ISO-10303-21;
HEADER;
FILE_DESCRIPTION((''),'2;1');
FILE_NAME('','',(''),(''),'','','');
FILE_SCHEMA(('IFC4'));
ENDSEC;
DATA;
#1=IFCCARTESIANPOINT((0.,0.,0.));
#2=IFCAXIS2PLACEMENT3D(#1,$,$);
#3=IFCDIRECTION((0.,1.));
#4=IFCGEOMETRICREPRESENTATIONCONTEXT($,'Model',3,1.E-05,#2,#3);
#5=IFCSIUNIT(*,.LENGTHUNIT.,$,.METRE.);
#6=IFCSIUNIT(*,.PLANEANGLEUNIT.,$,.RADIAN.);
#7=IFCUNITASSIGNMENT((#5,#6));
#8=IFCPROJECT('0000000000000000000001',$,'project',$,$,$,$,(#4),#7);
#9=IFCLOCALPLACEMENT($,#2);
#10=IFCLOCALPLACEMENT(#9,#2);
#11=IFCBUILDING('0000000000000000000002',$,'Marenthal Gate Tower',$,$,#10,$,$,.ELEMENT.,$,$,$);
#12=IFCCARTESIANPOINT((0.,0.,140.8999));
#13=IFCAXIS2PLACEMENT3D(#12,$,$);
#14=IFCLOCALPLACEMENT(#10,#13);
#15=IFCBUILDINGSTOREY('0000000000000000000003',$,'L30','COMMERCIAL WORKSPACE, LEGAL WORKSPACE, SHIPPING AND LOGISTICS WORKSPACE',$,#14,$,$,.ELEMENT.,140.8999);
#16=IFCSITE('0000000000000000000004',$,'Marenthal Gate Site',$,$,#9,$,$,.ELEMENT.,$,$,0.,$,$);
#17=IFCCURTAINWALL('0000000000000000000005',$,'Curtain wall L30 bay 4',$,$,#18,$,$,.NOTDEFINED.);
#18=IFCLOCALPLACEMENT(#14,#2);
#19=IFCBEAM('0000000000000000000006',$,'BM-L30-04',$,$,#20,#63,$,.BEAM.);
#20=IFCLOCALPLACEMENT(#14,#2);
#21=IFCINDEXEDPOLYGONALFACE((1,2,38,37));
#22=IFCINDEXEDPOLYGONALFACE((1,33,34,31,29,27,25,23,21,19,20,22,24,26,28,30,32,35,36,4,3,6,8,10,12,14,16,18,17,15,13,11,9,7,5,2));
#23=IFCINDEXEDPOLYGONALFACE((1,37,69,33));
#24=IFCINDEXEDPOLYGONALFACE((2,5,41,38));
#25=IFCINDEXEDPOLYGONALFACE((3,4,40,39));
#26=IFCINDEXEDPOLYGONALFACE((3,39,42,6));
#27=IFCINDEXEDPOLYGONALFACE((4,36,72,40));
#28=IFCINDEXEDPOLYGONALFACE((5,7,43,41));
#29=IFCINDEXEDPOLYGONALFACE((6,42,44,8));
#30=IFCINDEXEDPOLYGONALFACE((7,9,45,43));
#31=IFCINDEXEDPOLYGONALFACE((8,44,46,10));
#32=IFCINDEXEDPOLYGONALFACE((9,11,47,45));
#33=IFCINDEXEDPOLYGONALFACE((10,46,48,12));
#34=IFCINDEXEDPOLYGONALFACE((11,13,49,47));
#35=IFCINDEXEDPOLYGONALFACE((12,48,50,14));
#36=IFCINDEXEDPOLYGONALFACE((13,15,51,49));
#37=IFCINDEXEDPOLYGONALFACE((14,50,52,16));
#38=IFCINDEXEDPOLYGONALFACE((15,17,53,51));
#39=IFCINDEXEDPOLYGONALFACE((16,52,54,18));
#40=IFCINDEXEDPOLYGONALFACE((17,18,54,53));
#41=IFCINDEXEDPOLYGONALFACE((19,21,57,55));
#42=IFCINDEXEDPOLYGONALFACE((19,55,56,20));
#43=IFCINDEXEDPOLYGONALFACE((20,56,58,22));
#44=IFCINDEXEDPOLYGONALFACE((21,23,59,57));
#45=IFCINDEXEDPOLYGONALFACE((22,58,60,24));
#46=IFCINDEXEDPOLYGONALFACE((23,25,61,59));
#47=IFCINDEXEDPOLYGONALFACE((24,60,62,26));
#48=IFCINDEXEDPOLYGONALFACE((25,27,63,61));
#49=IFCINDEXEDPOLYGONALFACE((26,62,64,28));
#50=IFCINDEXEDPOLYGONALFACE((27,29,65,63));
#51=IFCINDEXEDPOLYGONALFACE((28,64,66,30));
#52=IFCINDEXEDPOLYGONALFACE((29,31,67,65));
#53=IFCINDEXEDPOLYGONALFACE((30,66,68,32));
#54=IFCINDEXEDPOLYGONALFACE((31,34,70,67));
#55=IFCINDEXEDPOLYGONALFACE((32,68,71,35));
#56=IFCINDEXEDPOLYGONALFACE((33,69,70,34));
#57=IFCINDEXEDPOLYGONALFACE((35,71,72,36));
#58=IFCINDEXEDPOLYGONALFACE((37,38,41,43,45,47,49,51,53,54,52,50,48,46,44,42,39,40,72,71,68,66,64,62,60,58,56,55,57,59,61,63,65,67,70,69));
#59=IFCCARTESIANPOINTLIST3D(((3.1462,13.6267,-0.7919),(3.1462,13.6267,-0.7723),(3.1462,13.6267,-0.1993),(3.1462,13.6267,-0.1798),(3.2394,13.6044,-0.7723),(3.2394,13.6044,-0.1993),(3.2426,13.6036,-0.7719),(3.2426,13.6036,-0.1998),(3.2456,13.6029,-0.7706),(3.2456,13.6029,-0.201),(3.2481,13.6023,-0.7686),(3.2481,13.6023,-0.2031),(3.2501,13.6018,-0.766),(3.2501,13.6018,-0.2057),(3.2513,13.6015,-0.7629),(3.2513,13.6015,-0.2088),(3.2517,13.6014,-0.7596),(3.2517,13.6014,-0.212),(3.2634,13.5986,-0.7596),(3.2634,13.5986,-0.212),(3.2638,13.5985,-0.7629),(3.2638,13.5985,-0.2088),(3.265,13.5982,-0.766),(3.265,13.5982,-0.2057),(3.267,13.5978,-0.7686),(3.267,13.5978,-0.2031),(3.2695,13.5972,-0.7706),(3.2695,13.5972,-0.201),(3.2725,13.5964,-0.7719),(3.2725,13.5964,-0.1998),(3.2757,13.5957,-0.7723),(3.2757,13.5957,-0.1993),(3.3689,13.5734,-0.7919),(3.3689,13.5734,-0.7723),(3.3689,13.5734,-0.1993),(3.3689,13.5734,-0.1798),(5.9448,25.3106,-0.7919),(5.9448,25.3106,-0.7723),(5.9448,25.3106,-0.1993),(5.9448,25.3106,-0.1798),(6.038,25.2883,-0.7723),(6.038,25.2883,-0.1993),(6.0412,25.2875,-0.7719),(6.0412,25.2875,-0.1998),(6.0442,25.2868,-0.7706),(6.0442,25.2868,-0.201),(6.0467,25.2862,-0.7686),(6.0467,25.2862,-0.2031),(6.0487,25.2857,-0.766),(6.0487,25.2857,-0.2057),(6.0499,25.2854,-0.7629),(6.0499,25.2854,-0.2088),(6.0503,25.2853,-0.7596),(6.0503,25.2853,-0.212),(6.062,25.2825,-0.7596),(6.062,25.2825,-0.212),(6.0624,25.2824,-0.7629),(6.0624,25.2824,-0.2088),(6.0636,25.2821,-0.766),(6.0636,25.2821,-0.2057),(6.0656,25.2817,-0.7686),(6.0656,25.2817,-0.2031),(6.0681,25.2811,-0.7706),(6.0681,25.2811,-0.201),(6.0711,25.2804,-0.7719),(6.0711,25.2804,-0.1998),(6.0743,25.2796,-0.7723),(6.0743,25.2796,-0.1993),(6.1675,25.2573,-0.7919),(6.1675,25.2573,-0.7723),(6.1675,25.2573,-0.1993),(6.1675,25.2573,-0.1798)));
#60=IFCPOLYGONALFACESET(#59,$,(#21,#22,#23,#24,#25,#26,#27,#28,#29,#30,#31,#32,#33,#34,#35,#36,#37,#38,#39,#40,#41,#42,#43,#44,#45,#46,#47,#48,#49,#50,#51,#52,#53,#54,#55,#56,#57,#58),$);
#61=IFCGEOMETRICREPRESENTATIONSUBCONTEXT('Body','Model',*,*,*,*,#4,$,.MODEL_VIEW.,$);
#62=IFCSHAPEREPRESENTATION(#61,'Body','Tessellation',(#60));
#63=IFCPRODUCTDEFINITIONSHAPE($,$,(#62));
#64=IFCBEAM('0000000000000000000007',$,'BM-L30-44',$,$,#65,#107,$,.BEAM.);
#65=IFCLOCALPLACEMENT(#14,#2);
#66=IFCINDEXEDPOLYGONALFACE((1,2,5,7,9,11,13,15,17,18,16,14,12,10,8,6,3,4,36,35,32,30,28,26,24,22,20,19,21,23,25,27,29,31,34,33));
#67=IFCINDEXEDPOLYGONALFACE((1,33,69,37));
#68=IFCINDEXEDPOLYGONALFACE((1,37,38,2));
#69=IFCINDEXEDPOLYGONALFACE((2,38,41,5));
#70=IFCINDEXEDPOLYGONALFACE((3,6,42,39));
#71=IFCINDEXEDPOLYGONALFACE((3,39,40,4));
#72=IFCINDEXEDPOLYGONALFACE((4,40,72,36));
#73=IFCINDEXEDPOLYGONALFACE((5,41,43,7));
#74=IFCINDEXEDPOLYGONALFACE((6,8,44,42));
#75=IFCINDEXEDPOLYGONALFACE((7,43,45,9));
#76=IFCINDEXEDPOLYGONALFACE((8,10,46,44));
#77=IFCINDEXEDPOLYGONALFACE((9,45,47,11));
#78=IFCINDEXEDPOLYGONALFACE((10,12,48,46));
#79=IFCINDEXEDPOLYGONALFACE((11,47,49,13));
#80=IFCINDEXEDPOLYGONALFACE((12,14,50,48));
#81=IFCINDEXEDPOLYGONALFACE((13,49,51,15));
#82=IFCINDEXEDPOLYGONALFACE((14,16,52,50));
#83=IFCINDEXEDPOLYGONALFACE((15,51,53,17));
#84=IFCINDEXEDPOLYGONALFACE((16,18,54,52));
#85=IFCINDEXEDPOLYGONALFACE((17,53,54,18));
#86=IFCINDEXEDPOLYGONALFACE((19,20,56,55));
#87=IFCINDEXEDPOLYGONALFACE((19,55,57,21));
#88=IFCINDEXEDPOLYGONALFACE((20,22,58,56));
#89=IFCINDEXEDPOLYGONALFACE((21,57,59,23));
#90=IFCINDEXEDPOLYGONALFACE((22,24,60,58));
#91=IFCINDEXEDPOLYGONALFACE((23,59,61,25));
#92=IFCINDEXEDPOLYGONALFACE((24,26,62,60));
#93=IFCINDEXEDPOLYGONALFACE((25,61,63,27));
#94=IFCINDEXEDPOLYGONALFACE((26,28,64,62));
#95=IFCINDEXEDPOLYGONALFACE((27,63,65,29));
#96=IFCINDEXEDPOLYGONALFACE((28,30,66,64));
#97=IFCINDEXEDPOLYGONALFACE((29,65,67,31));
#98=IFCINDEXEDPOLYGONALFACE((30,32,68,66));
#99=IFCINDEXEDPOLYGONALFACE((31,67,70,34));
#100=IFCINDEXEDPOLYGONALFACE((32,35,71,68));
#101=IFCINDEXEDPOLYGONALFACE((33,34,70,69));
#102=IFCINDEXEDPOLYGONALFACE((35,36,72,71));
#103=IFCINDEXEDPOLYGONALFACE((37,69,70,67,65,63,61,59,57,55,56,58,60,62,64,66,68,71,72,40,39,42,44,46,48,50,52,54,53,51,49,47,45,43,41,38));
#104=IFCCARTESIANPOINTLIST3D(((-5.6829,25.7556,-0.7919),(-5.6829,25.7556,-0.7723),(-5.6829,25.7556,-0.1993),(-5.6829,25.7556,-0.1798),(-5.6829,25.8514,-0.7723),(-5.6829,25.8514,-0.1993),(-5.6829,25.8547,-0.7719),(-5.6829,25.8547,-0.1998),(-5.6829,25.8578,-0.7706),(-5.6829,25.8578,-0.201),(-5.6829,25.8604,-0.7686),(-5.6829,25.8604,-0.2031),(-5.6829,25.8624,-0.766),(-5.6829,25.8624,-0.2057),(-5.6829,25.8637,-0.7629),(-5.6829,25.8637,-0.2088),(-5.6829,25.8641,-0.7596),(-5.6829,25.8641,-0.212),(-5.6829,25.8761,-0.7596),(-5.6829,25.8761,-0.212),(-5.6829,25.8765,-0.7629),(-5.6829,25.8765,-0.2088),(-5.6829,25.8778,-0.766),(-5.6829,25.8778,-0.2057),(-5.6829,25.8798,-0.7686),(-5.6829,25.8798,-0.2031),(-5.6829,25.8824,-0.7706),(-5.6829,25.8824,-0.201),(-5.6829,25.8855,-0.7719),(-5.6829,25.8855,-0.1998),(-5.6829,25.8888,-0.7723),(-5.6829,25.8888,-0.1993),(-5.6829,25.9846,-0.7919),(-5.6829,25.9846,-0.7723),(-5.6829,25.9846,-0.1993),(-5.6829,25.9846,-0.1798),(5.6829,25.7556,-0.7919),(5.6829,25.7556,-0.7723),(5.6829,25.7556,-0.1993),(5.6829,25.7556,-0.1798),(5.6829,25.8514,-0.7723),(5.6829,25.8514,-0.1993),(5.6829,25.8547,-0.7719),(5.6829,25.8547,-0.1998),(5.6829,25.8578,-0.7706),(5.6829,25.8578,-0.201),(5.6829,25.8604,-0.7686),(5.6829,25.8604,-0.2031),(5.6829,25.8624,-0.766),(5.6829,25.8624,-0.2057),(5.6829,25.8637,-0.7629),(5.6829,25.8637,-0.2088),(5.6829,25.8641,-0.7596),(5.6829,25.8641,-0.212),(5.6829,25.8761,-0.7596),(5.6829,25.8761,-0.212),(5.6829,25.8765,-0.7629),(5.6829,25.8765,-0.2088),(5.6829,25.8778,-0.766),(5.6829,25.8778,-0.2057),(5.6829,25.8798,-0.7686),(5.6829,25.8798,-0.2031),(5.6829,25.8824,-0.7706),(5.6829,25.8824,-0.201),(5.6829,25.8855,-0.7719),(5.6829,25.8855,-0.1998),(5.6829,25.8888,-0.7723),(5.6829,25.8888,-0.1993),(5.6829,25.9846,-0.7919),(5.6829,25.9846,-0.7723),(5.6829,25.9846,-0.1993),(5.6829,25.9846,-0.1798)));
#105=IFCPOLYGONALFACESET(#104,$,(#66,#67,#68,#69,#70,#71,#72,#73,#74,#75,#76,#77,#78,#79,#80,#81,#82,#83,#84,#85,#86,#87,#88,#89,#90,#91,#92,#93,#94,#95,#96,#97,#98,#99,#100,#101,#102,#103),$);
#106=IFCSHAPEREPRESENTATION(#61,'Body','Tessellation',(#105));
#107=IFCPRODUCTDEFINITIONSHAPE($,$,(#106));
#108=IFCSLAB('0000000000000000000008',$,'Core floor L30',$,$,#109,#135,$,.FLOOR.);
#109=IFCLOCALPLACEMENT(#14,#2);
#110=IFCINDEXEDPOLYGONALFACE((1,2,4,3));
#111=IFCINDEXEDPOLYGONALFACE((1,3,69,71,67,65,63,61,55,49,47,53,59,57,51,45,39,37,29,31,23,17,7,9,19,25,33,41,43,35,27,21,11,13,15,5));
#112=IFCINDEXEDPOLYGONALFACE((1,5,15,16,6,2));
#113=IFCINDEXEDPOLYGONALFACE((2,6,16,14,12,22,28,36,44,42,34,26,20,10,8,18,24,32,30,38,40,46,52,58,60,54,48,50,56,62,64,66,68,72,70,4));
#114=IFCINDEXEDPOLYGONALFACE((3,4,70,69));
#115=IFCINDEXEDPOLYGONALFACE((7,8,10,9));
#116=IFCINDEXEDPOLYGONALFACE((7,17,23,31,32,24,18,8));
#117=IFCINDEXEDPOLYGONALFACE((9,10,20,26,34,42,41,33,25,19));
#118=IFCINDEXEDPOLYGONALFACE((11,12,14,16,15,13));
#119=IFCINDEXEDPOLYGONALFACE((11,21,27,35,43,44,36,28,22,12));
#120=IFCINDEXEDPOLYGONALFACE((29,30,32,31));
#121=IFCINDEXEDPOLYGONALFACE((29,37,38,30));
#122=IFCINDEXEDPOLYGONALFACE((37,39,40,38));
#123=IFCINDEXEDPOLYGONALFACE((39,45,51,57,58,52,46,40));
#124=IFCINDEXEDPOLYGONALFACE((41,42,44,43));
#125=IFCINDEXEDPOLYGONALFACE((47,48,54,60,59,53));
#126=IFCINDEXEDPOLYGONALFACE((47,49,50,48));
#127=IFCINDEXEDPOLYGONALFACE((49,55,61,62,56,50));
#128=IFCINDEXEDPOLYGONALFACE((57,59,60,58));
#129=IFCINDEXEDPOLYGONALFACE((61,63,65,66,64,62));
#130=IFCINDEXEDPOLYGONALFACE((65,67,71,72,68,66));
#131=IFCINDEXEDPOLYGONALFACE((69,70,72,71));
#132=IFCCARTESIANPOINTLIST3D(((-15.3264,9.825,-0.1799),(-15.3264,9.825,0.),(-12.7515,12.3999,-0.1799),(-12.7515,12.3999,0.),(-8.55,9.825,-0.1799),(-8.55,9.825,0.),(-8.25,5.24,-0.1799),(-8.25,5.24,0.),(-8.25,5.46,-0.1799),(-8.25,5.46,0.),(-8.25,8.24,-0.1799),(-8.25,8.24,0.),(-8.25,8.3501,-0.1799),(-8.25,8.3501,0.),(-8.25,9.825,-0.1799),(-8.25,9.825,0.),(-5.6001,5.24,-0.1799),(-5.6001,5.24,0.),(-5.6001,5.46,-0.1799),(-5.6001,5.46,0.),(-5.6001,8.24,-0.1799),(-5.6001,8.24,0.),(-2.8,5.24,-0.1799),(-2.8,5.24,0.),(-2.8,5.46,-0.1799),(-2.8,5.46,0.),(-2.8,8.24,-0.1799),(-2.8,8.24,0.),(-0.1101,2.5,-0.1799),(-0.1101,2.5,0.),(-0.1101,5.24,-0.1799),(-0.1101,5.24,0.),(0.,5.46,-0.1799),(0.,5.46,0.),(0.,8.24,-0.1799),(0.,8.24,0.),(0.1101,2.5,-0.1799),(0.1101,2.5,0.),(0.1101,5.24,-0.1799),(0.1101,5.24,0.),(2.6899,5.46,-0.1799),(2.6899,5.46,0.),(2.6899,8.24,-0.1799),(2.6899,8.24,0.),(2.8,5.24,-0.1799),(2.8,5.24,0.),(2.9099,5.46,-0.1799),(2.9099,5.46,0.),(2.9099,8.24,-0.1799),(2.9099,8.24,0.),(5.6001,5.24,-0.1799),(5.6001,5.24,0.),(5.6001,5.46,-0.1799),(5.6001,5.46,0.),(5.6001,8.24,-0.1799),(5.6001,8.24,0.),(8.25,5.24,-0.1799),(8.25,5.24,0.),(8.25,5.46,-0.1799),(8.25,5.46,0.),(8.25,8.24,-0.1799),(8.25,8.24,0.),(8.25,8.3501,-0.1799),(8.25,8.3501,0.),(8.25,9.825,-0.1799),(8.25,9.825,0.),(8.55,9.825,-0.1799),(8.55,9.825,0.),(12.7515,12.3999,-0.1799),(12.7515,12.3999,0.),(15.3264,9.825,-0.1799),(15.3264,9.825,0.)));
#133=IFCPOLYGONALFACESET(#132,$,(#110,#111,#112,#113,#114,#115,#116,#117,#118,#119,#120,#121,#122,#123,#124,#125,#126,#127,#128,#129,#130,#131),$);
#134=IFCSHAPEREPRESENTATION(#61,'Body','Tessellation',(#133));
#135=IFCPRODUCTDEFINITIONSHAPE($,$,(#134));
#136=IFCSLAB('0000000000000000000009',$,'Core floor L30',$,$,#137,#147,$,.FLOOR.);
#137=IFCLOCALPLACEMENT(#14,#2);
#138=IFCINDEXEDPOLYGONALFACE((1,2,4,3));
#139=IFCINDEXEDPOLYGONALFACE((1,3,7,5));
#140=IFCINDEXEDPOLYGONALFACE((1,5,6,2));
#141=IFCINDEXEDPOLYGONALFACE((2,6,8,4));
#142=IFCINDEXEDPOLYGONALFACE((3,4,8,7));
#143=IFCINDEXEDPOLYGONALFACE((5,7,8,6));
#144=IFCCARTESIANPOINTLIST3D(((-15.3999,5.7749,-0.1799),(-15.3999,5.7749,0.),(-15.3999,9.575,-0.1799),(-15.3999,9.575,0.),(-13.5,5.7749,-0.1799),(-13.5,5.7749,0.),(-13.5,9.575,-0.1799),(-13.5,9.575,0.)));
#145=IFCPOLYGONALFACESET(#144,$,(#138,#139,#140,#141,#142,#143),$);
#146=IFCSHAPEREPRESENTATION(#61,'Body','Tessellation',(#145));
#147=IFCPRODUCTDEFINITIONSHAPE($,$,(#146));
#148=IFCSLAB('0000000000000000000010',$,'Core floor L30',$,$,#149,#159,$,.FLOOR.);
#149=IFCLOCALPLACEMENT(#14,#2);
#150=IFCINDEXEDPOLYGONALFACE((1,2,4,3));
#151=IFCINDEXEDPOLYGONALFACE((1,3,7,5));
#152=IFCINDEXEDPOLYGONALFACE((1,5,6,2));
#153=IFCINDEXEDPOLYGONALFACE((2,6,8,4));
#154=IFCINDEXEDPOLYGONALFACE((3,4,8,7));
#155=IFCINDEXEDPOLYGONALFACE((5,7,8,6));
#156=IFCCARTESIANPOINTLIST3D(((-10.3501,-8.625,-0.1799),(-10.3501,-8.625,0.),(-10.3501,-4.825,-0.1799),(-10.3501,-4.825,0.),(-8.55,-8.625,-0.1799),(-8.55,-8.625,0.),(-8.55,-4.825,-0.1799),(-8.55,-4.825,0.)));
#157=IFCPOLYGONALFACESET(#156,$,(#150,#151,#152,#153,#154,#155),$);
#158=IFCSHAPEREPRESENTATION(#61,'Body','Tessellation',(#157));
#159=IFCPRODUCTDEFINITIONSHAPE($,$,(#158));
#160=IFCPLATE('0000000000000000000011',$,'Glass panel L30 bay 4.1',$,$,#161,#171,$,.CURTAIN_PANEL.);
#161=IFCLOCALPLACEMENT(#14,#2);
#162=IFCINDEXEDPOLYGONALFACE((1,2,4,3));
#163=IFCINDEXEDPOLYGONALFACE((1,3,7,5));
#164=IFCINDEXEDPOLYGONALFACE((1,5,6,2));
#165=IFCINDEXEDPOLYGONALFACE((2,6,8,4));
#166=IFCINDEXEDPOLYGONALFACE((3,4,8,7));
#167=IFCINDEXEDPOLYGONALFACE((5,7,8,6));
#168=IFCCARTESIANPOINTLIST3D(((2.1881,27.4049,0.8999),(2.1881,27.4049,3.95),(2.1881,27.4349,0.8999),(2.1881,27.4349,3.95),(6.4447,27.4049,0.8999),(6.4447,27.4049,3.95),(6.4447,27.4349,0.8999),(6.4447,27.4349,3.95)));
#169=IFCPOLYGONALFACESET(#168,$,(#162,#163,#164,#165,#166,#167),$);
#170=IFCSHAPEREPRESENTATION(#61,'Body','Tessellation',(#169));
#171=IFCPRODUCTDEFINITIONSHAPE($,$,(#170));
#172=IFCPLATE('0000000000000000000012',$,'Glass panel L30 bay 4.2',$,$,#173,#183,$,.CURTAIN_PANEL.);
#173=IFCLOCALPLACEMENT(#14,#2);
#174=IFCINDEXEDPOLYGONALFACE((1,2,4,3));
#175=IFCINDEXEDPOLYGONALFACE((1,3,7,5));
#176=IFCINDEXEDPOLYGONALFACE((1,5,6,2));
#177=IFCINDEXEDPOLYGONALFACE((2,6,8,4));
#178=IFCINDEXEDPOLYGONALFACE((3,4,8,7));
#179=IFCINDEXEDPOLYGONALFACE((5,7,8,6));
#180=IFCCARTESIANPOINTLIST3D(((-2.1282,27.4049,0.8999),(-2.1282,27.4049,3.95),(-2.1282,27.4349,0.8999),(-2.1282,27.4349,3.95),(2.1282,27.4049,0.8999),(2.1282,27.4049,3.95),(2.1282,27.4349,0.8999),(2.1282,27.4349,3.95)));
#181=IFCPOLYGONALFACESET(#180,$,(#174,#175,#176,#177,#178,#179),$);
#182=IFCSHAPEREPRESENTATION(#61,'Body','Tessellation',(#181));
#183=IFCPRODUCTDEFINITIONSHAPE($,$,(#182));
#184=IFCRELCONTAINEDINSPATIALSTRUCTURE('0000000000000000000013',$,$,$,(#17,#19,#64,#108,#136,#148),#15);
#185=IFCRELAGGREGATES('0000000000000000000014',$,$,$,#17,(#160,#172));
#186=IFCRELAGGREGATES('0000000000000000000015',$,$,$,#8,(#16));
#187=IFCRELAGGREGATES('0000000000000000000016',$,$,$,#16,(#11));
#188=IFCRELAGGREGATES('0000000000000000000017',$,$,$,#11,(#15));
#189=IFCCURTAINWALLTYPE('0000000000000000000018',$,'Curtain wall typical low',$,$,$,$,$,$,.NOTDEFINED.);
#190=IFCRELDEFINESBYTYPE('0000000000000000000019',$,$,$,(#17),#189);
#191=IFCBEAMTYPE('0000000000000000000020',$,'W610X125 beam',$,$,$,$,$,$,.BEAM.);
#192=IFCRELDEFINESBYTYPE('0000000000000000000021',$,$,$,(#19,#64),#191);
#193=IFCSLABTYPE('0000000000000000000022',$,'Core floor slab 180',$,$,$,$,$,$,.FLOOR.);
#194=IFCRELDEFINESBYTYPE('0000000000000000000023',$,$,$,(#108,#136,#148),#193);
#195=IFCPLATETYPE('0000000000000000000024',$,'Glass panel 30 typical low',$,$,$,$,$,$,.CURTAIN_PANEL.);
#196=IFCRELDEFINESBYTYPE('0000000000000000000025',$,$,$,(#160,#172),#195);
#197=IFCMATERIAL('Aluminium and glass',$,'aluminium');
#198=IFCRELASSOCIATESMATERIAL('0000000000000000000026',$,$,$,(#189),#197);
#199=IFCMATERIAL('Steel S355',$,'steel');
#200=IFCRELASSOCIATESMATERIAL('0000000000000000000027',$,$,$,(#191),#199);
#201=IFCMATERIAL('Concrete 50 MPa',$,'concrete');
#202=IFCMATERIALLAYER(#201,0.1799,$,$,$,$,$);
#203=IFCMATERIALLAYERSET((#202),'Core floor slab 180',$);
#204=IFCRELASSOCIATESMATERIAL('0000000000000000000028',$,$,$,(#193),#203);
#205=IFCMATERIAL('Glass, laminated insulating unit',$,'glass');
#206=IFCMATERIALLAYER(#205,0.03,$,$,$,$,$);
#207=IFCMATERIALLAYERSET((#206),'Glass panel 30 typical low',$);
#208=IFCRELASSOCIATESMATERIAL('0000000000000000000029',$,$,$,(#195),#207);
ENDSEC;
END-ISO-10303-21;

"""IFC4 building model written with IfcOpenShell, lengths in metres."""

from ifc_helpers import new_model, si_unit, direction, frame, origin, origin_2d, place, context, subcontext, project, spatial, polyline, rectangle, i_section, outline, extrude, material, layer, layer_set, material_profile, profile_set, type_object, element, aggregate, save


model = new_model("IFC4")

# Units and contexts
model_context = context("Model", 3, precision=1e-05, world=origin(), true_north=direction((0.0, 1.0)))
body_context = subcontext(model_context, "Body", "Model", "MODEL_VIEW")
ifc_project = project(units=[si_unit("LENGTHUNIT", "METRE"), si_unit("PLANEANGLEUNIT", "RADIAN")], contexts=[model_context])

# Site, building, storey
site_placement = place(None, origin())
site = spatial("IfcSite", under=ifc_project, at=site_placement, Name="Marenthal Gate Site", CompositionType="ELEMENT", RefElevation=0.0)
building_placement = place(site_placement, origin())
building = spatial("IfcBuilding", under=site, at=building_placement, Name="Marenthal Gate Tower", CompositionType="ELEMENT")
storey_placement = place(building_placement, frame((0.0, 0.0, 140.8999)))
storey = spatial("IfcBuildingStorey", under=building, at=storey_placement, Name="L30", Description="COMMERCIAL WORKSPACE, LEGAL WORKSPACE, SHIPPING AND LOGISTICS WORKSPACE", CompositionType="ELEMENT", Elevation=140.8999)

# Curtain wall
ifc_material_1 = material(Name="Aluminium and glass", Category="aluminium")
curtain_wall_type = type_object("IfcCurtainWallType", Name="Curtain wall typical low", PredefinedType="NOTDEFINED", material=ifc_material_1)
curtain_wall_placement = place(storey_placement, origin())
curtain_wall = element("IfcCurtainWall", 1, at=curtain_wall_placement, inside=storey, type_object=curtain_wall_type, Name="Curtain wall L30 bay 4", PredefinedType="NOTDEFINED")

# Beams
ifc_material_2 = material(Name="Steel S355", Category="steel")
ifc_material_profile_1 = material_profile(ifc_material_2, i_section(OverallWidth=0.229, OverallDepth=0.6121, WebThickness=0.012, FlangeThickness=0.0195, FilletRadius=0.0127, at=origin_2d()), Name="W610X125")
ifc_profile_set_1 = profile_set([ifc_material_profile_1], Name="Steel S355")
beam_type_1 = type_object("IfcBeamType", Name="W610X125 beam", PredefinedType="BEAM", material=ifc_profile_set_1)
beam_1_placement = place(storey_placement, frame((6.0562, 25.2839, -0.4858), z_axis=(-0.232937, -0.972492, 0.0), x_axis=(0.972492, -0.232937, 0.0)))
element("IfcBeam", 2, at=beam_1_placement, inside=storey, type_object=beam_type_1, Name="BM-L30-04", PredefinedType="BEAM", context=body_context, shape_type="SweptSolid", body=[
    extrude(i_section(OverallWidth=0.229, OverallDepth=0.6121, WebThickness=0.012, FlangeThickness=0.0195, FilletRadius=0.0127, at=origin_2d()), origin(), (0.0, 0.0, 1.0), 12.0144),
])
beam_2_placement = place(storey_placement, frame((5.6829, 25.8701, -0.4858), z_axis=(-1.0, 0.0, 0.0), x_axis=(0.0, -1.0, 0.0)))
element("IfcBeam", 3, at=beam_2_placement, inside=storey, type_object=beam_type_1, Name="BM-L30-44", PredefinedType="BEAM", context=body_context, shape_type="SweptSolid", body=[
    extrude(i_section(OverallWidth=0.229, OverallDepth=0.6121, WebThickness=0.012, FlangeThickness=0.0195, FilletRadius=0.0127, at=origin_2d()), origin(), (0.0, 0.0, 1.0), 11.3657),
])

# Slabs
ifc_material_3 = material(Name="Concrete 50 MPa", Category="concrete")
ifc_layer_1 = layer(ifc_material_3, 0.1799)
ifc_layer_set_1 = layer_set([ifc_layer_1], Name="Core floor slab 180")
slab_type_1 = type_object("IfcSlabType", Name="Core floor slab 180", PredefinedType="FLOOR", material=ifc_layer_set_1)
slab_1_placement = place(storey_placement, frame((0.0, 0.0, -0.1799)))
element("IfcSlab", 4, at=slab_1_placement, inside=storey, type_object=slab_type_1, Name="Core floor L30", PredefinedType="FLOOR", context=body_context, shape_type="SweptSolid", body=[
    extrude(outline(polyline([(12.7515, 12.3999), (15.3264, 9.825), (8.55, 9.825), (8.25, 9.825), (8.25, 8.3501), (8.25, 8.24), (5.6001, 8.24), (2.9099, 8.24), (2.9099, 5.46), (5.6001, 5.46), (8.25, 5.46), (8.25, 5.24), (5.6001, 5.24), (2.8, 5.24), (0.1101, 5.24), (0.1101, 2.5), (-0.1101, 2.5), (-0.1101, 5.24), (-2.8, 5.24), (-5.6001, 5.24), (-8.25, 5.24), (-8.25, 5.46), (-5.6001, 5.46), (-2.8, 5.46), (0.0, 5.46), (2.6899, 5.46), (2.6899, 8.24), (0.0, 8.24), (-2.8, 8.24), (-5.6001, 8.24), (-8.25, 8.24), (-8.25, 8.3501), (-8.25, 9.825), (-8.55, 9.825), (-15.3264, 9.825), (-12.7515, 12.3999), (12.7515, 12.3999)])), origin(), (0.0, 0.0, 1.0), 0.1799),
])
slab_2_placement = place(storey_placement, frame((0.0, 0.0, -0.1799)))
element("IfcSlab", 5, at=slab_2_placement, inside=storey, type_object=slab_type_1, Name="Core floor L30", PredefinedType="FLOOR", context=body_context, shape_type="SweptSolid", body=[
    extrude(outline(polyline([(-15.3999, 9.575), (-13.5, 9.575), (-13.5, 5.7749), (-15.3999, 5.7749), (-15.3999, 9.575)])), origin(), (0.0, 0.0, 1.0), 0.1799),
])
slab_3_placement = place(storey_placement, frame((0.0, 0.0, -0.1799)))
element("IfcSlab", 6, at=slab_3_placement, inside=storey, type_object=slab_type_1, Name="Core floor L30", PredefinedType="FLOOR", context=body_context, shape_type="SweptSolid", body=[
    extrude(outline(polyline([(-8.55, -8.625), (-10.3501, -8.625), (-10.3501, -4.825), (-8.55, -4.825), (-8.55, -8.625)])), origin(), (0.0, 0.0, 1.0), 0.1799),
])

# Plates
ifc_material_4 = material(Name="Glass, laminated insulating unit", Category="glass")
ifc_layer_2 = layer(ifc_material_4, 0.03)
ifc_layer_set_2 = layer_set([ifc_layer_2], Name="Glass panel 30 typical low")
plate_type = type_object("IfcPlateType", Name="Glass panel 30 typical low", PredefinedType="CURTAIN_PANEL", material=ifc_layer_set_2)
plate_1_placement = place(storey_placement, frame((4.3164, 27.4199, 0.8999), z_axis=(0.0, 0.0, 1.0), x_axis=(-1.0, 0.0, 0.0)))
plate_1 = element("IfcPlate", 7, at=plate_1_placement, type_object=plate_type, Name="Glass panel L30 bay 4.1", PredefinedType="CURTAIN_PANEL", context=body_context, shape_type="SweptSolid", body=[
    extrude(rectangle(XDim=4.2566, YDim=0.03, at=origin_2d()), origin(), (0.0, 0.0, 1.0), 3.05),
])
plate_2_placement = place(storey_placement, frame((0.0, 27.4199, 0.8999), z_axis=(0.0, 0.0, 1.0), x_axis=(-1.0, 0.0, 0.0)))
plate_2 = element("IfcPlate", 8, at=plate_2_placement, type_object=plate_type, Name="Glass panel L30 bay 4.2", PredefinedType="CURTAIN_PANEL", context=body_context, shape_type="SweptSolid", body=[
    extrude(rectangle(XDim=4.2563, YDim=0.03, at=origin_2d()), origin(), (0.0, 0.0, 1.0), 3.05),
])
aggregate(curtain_wall, [plate_1, plate_2])

save(model, "model.ifc")
